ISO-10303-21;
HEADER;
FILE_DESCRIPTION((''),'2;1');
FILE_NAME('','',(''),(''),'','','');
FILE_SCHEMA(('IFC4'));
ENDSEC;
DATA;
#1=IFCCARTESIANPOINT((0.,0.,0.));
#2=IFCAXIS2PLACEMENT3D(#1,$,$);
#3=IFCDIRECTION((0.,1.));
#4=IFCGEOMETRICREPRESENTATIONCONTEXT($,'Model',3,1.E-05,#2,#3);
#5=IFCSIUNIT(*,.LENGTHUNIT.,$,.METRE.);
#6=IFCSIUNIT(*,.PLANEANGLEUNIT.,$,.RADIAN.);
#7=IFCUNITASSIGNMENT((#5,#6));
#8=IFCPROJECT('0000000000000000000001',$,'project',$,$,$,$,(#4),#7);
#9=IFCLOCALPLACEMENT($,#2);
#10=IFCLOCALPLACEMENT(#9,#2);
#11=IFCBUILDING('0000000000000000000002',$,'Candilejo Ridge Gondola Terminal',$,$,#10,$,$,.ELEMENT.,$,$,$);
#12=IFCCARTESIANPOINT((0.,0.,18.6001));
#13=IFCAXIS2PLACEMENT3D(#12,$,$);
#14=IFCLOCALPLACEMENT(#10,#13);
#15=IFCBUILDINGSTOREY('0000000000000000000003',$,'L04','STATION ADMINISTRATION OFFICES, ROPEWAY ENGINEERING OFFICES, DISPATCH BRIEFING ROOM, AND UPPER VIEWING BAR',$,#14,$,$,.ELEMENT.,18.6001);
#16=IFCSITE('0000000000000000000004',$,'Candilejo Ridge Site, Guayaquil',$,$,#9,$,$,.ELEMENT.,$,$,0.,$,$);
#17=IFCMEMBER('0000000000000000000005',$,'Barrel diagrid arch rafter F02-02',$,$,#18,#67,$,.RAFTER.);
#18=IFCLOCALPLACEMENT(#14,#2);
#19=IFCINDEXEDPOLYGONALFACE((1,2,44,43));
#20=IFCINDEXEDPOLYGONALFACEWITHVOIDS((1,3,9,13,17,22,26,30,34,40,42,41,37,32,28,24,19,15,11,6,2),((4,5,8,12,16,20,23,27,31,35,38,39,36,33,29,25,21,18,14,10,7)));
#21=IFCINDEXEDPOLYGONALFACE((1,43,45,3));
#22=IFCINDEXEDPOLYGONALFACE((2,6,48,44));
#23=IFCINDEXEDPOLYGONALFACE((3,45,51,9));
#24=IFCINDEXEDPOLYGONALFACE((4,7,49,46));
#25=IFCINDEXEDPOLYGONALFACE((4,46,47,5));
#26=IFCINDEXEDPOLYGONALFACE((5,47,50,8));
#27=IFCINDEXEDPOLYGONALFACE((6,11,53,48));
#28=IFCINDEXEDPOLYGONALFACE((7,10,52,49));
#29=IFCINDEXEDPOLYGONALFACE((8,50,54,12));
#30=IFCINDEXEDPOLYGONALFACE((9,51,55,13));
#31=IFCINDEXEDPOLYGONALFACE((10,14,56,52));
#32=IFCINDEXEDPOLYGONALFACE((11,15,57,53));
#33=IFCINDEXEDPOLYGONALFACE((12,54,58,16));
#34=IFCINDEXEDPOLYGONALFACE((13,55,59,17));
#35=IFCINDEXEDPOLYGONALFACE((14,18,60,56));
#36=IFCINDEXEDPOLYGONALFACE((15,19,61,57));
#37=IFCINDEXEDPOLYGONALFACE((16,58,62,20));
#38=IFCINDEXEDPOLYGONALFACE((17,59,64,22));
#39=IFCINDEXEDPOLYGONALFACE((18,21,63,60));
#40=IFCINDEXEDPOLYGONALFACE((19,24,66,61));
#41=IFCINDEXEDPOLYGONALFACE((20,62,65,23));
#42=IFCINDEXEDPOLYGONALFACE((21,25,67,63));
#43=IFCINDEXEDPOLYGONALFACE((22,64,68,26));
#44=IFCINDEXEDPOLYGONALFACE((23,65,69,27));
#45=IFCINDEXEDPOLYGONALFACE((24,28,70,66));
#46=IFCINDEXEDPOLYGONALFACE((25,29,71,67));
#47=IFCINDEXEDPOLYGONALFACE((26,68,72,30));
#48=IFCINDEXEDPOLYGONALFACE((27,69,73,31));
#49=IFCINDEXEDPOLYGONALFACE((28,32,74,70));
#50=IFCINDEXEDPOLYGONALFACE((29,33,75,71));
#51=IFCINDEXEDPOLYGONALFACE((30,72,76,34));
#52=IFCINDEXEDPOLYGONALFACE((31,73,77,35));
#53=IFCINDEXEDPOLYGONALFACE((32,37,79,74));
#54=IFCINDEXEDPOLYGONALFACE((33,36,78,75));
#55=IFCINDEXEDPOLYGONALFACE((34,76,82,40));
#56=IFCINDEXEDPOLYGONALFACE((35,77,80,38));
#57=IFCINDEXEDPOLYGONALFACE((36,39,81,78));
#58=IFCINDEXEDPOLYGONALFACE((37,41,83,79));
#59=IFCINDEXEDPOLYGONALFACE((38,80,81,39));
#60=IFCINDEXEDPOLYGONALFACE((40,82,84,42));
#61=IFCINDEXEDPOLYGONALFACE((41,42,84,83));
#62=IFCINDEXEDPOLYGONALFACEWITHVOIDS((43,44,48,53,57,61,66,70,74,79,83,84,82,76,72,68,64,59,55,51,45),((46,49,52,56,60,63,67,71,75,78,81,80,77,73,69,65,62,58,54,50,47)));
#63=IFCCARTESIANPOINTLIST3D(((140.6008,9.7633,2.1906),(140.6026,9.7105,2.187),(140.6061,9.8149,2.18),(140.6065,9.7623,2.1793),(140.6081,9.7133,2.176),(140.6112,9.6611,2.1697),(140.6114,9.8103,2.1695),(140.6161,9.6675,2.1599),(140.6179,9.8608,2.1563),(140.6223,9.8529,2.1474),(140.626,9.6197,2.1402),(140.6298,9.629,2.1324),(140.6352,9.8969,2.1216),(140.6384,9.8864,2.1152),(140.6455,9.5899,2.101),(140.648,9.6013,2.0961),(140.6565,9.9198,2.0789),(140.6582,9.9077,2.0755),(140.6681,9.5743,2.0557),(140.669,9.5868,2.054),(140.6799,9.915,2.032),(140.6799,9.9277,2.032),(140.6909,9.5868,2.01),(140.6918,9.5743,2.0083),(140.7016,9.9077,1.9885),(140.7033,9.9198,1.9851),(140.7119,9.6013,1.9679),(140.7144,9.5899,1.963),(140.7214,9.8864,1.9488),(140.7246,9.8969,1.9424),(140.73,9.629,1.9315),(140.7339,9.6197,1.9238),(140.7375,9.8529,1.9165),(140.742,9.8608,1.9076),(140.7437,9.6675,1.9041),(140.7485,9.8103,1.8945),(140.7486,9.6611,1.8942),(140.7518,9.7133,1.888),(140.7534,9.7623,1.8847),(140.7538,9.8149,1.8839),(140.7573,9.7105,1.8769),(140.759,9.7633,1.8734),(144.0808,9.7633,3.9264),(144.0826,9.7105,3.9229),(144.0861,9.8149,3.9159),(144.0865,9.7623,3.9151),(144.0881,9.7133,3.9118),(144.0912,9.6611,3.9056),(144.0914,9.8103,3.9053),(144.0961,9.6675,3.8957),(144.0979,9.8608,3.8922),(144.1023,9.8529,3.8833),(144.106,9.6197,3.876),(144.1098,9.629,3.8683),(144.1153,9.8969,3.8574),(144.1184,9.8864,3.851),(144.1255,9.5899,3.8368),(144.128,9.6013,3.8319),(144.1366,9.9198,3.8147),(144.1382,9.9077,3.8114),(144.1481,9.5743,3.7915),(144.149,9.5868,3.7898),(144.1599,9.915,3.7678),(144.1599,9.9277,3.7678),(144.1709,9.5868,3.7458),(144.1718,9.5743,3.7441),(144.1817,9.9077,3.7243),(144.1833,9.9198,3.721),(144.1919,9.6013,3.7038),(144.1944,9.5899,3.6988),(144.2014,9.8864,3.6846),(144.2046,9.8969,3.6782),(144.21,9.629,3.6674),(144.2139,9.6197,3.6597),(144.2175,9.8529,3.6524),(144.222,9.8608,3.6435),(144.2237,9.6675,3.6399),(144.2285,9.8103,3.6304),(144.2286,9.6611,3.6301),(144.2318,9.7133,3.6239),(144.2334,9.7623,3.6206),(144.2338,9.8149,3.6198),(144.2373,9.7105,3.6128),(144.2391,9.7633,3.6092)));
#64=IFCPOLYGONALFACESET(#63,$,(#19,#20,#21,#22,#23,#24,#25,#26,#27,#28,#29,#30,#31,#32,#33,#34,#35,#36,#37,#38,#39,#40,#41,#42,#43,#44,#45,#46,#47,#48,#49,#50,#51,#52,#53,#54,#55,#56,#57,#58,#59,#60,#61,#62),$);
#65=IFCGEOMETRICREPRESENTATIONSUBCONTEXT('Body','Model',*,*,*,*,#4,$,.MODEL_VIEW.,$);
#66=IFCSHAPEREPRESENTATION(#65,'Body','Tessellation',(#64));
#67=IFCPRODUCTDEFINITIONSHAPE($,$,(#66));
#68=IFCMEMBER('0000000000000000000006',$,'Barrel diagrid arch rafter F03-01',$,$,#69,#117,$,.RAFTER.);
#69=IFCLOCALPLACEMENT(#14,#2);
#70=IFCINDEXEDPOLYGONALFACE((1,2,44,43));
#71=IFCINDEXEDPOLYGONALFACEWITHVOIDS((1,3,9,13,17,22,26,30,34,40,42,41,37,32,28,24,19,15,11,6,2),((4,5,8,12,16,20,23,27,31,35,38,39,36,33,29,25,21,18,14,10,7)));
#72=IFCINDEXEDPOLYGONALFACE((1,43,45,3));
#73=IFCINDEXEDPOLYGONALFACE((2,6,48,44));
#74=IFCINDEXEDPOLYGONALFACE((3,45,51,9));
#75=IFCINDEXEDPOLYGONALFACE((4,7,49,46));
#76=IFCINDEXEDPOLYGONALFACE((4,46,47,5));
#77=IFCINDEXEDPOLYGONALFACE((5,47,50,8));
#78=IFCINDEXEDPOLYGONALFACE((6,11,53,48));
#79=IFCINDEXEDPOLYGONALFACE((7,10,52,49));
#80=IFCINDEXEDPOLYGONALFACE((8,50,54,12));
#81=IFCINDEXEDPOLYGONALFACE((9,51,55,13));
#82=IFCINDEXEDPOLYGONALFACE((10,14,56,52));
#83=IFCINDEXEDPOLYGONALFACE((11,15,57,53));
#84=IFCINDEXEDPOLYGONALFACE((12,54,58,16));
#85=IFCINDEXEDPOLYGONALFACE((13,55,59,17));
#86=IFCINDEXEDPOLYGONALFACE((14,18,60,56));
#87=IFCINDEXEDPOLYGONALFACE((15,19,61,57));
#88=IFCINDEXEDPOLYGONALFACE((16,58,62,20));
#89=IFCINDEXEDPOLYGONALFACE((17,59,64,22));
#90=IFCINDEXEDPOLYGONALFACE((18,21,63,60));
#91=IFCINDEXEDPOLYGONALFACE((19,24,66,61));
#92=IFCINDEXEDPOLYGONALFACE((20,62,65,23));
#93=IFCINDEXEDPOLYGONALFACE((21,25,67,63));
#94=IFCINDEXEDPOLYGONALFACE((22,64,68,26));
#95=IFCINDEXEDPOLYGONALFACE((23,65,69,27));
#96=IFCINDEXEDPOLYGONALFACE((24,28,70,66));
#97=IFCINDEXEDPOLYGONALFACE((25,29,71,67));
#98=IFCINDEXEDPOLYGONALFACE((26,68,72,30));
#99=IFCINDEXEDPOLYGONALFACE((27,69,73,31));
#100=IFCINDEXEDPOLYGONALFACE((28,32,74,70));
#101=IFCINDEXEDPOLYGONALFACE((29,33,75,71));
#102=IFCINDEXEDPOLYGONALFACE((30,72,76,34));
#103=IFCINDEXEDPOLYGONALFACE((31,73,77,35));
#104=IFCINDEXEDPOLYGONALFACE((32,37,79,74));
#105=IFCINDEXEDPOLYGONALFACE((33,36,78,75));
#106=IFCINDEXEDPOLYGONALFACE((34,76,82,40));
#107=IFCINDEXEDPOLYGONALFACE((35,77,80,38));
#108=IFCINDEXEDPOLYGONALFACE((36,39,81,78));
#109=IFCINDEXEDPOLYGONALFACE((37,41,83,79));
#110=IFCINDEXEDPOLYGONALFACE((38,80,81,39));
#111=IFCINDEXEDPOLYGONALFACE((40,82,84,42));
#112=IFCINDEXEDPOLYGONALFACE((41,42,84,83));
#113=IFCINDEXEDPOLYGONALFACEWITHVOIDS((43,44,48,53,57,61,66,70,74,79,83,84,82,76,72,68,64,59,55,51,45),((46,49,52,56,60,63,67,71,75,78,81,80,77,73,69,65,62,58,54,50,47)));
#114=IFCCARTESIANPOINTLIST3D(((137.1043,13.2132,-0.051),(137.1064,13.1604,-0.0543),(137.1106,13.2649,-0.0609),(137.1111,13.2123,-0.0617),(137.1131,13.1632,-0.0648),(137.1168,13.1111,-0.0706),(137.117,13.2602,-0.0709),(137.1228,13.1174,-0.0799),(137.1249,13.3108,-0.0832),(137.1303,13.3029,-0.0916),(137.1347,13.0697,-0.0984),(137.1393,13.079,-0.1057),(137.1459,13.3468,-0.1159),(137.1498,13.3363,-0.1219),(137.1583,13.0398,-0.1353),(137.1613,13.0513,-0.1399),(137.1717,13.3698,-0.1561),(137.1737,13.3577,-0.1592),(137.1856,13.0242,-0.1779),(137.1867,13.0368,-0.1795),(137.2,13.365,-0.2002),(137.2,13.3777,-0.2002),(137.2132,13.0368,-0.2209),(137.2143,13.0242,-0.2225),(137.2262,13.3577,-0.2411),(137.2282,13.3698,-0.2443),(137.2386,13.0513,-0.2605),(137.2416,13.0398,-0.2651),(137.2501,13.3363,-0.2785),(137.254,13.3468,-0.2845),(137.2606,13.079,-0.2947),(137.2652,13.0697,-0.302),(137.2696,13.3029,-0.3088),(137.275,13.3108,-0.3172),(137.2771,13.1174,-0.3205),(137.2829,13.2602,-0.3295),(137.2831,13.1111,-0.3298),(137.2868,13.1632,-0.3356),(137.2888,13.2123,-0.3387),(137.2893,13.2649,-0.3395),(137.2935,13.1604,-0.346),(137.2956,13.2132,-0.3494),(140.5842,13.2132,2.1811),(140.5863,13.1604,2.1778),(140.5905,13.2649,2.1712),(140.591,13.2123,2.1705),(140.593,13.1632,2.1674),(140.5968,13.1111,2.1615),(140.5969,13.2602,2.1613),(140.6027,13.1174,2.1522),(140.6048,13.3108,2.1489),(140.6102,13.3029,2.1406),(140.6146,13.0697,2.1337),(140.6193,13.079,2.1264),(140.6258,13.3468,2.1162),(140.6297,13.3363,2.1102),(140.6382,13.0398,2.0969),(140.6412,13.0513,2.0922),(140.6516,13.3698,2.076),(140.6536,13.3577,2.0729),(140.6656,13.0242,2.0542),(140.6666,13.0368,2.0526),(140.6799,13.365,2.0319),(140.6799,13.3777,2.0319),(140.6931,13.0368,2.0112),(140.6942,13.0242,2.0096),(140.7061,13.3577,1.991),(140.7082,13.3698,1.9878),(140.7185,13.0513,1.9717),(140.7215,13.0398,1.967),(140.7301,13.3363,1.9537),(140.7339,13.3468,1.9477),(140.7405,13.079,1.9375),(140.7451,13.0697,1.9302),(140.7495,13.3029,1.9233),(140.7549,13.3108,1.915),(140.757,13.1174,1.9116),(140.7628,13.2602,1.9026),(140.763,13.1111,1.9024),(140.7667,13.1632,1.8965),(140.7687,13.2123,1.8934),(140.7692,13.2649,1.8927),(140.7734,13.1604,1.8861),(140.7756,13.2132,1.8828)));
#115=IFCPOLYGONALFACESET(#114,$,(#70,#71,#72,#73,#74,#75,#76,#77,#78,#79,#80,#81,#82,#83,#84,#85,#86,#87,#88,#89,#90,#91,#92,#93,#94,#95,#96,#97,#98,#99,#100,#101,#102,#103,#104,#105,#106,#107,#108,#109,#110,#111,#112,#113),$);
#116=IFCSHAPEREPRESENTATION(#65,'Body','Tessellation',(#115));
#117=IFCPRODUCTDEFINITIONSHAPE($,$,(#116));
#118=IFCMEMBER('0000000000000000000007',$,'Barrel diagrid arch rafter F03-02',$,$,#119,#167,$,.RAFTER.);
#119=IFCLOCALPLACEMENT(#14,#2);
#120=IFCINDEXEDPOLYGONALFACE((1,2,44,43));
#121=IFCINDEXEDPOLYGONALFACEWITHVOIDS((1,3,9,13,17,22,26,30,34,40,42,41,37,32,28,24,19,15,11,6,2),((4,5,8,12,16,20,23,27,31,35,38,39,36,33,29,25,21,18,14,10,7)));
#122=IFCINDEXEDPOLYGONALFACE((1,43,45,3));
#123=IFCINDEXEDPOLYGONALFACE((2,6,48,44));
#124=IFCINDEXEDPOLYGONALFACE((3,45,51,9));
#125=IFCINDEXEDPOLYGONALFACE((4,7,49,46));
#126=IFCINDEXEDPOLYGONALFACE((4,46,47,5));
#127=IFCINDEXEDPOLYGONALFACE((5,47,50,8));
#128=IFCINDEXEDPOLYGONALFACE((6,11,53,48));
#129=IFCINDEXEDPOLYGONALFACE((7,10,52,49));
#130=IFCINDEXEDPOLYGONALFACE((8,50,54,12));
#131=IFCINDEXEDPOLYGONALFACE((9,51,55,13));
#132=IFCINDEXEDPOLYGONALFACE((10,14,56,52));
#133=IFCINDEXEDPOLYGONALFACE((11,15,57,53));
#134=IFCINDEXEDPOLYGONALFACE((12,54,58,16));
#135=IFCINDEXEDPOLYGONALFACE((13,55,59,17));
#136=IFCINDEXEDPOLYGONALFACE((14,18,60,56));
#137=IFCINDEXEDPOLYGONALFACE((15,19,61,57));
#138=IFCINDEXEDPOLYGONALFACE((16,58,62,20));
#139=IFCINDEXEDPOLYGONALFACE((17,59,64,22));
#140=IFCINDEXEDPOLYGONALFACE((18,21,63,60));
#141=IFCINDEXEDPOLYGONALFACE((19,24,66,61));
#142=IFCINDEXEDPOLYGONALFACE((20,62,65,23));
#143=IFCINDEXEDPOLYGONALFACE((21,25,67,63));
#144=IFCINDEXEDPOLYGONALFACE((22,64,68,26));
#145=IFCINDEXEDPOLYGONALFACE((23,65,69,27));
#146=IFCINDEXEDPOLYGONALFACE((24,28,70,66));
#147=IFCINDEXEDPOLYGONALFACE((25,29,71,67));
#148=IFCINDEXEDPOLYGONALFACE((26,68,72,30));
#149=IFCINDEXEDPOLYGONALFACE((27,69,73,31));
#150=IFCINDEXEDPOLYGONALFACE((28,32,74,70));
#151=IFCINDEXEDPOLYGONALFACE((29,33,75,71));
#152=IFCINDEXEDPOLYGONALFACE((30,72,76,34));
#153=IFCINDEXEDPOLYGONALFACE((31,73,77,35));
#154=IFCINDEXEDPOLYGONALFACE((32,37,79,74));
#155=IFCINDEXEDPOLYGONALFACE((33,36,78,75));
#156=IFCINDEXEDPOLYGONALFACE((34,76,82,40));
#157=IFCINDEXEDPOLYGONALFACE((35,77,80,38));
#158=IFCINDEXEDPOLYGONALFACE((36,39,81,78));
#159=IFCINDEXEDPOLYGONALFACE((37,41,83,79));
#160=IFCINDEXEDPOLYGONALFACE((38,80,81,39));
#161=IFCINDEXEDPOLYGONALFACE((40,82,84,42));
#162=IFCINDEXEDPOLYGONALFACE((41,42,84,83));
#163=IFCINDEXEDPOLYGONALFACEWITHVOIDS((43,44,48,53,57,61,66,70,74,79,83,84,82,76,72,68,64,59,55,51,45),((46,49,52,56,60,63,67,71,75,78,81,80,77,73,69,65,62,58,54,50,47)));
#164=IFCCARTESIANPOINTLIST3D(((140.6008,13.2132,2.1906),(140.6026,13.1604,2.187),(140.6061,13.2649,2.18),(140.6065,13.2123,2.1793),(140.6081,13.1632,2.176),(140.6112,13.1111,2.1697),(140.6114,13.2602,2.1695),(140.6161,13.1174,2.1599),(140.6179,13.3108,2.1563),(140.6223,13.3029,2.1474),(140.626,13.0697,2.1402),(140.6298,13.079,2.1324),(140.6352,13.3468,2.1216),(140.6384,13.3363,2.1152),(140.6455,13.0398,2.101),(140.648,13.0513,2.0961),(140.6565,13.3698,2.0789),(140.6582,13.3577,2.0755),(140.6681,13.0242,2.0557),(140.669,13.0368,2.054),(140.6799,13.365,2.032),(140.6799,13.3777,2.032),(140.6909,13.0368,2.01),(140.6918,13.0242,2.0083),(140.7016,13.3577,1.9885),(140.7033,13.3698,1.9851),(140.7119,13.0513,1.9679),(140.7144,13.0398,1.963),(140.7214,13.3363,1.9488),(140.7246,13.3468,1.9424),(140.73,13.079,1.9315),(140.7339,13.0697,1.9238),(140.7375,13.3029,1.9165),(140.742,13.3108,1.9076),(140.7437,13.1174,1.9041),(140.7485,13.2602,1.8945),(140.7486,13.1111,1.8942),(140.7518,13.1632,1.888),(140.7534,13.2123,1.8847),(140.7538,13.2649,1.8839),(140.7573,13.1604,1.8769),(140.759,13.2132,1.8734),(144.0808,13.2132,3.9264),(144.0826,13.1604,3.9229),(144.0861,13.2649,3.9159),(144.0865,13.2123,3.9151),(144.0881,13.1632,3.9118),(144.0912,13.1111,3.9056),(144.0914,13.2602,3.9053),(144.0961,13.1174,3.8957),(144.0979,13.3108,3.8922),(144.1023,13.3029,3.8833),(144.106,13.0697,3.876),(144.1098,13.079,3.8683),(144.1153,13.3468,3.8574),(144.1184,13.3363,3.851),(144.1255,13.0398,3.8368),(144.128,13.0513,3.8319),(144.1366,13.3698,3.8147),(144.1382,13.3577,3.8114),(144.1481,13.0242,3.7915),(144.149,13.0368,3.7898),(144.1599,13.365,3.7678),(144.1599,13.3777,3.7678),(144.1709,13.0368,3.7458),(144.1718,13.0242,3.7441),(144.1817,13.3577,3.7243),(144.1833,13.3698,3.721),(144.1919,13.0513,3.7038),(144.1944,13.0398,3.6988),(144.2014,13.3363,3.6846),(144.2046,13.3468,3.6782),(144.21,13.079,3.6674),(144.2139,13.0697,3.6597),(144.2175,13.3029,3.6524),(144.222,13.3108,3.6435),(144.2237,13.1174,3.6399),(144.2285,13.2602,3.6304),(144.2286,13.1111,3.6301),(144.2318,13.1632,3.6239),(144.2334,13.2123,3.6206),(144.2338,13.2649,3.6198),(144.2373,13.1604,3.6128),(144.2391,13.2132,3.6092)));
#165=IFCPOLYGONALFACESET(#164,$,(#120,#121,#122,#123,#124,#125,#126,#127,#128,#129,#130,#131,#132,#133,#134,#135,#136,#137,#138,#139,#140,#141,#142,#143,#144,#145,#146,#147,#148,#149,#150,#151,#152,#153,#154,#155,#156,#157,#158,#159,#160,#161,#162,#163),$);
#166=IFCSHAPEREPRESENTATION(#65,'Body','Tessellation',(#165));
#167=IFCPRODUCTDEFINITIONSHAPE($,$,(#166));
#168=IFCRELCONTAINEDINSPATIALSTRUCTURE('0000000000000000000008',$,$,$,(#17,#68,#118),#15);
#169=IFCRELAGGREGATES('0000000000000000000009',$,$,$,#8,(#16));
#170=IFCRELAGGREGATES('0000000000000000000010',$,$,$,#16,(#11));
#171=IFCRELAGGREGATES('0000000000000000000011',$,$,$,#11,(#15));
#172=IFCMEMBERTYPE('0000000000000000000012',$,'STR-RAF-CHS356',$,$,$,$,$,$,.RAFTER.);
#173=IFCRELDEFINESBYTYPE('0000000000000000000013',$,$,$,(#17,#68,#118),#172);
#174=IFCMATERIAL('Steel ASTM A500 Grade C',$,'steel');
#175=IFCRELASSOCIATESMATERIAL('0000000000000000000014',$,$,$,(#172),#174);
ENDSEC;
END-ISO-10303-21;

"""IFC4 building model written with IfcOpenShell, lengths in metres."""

from ifc_helpers import new_model, si_unit, direction, frame, origin, origin_2d, place, context, subcontext, project, spatial, hollow_circle, extrude, material, material_profile, profile_set, type_object, element, save


model = new_model("IFC4")

# Units and contexts
model_context = context("Model", 3, precision=1e-05, world=origin(), true_north=direction((0.0, 1.0)))
body_context = subcontext(model_context, "Body", "Model", "MODEL_VIEW")
ifc_project = project(units=[si_unit("LENGTHUNIT", "METRE"), si_unit("PLANEANGLEUNIT", "RADIAN")], contexts=[model_context])

# Site, building, storey
site_placement = place(None, origin())
site = spatial("IfcSite", under=ifc_project, at=site_placement, Name="Candilejo Ridge Site, Guayaquil", CompositionType="ELEMENT", RefElevation=0.0)
building_placement = place(site_placement, origin())
building = spatial("IfcBuilding", under=site, at=building_placement, Name="Candilejo Ridge Gondola Terminal", CompositionType="ELEMENT")
storey_placement = place(building_placement, frame((0.0, 0.0, 18.6001)))
storey = spatial("IfcBuildingStorey", under=building, at=storey_placement, Name="L04", Description="STATION ADMINISTRATION OFFICES, ROPEWAY ENGINEERING OFFICES, DISPATCH BRIEFING ROOM, AND UPPER VIEWING BAR", CompositionType="ELEMENT", Elevation=18.6001)

# Members
ifc_material_1 = material(Name="Steel ASTM A500 Grade C", Category="steel")
ifc_material_profile_1 = material_profile(ifc_material_1, hollow_circle(Radius=0.1777, WallThickness=0.0127, at=origin_2d()))
ifc_profile_set_1 = profile_set([ifc_material_profile_1], Name="Steel ASTM A500 Grade C")
member_type_1 = type_object("IfcMemberType", Name="STR-RAF-CHS356", PredefinedType="RAFTER", material=ifc_profile_set_1)
member_1_placement = place(storey_placement, frame((140.6799, 9.75, 2.032), z_axis=(0.894854, 0.0, 0.44636), x_axis=(0.0, 1.0, 0.0)))
element("IfcMember", 1, at=member_1_placement, inside=storey, type_object=member_type_1, Name="Barrel diagrid arch rafter F02-02", PredefinedType="RAFTER", context=body_context, shape_type="SweptSolid", body=[
    extrude(hollow_circle(Radius=0.1777, WallThickness=0.0127, at=origin_2d()), origin(), (0.0, 0.0, 1.0), 3.8889),
])
member_2_placement = place(storey_placement, frame((137.2, 13.2, -0.2002), z_axis=(0.841723, 0.0, 0.53991), x_axis=(0.0, 1.0, 0.0)))
element("IfcMember", 2, at=member_2_placement, inside=storey, type_object=member_type_1, Name="Barrel diagrid arch rafter F03-01", PredefinedType="RAFTER", context=body_context, shape_type="SweptSolid", body=[
    extrude(hollow_circle(Radius=0.1777, WallThickness=0.0127, at=origin_2d()), origin(), (0.0, 0.0, 1.0), 4.1343),
])
member_3_placement = place(storey_placement, frame((140.6799, 13.2, 2.032), z_axis=(0.894854, 0.0, 0.44636), x_axis=(0.0, 1.0, 0.0)))
element("IfcMember", 3, at=member_3_placement, inside=storey, type_object=member_type_1, Name="Barrel diagrid arch rafter F03-02", PredefinedType="RAFTER", context=body_context, shape_type="SweptSolid", body=[
    extrude(hollow_circle(Radius=0.1777, WallThickness=0.0127, at=origin_2d()), origin(), (0.0, 0.0, 1.0), 3.8889),
])

save(model, "model.ifc")
